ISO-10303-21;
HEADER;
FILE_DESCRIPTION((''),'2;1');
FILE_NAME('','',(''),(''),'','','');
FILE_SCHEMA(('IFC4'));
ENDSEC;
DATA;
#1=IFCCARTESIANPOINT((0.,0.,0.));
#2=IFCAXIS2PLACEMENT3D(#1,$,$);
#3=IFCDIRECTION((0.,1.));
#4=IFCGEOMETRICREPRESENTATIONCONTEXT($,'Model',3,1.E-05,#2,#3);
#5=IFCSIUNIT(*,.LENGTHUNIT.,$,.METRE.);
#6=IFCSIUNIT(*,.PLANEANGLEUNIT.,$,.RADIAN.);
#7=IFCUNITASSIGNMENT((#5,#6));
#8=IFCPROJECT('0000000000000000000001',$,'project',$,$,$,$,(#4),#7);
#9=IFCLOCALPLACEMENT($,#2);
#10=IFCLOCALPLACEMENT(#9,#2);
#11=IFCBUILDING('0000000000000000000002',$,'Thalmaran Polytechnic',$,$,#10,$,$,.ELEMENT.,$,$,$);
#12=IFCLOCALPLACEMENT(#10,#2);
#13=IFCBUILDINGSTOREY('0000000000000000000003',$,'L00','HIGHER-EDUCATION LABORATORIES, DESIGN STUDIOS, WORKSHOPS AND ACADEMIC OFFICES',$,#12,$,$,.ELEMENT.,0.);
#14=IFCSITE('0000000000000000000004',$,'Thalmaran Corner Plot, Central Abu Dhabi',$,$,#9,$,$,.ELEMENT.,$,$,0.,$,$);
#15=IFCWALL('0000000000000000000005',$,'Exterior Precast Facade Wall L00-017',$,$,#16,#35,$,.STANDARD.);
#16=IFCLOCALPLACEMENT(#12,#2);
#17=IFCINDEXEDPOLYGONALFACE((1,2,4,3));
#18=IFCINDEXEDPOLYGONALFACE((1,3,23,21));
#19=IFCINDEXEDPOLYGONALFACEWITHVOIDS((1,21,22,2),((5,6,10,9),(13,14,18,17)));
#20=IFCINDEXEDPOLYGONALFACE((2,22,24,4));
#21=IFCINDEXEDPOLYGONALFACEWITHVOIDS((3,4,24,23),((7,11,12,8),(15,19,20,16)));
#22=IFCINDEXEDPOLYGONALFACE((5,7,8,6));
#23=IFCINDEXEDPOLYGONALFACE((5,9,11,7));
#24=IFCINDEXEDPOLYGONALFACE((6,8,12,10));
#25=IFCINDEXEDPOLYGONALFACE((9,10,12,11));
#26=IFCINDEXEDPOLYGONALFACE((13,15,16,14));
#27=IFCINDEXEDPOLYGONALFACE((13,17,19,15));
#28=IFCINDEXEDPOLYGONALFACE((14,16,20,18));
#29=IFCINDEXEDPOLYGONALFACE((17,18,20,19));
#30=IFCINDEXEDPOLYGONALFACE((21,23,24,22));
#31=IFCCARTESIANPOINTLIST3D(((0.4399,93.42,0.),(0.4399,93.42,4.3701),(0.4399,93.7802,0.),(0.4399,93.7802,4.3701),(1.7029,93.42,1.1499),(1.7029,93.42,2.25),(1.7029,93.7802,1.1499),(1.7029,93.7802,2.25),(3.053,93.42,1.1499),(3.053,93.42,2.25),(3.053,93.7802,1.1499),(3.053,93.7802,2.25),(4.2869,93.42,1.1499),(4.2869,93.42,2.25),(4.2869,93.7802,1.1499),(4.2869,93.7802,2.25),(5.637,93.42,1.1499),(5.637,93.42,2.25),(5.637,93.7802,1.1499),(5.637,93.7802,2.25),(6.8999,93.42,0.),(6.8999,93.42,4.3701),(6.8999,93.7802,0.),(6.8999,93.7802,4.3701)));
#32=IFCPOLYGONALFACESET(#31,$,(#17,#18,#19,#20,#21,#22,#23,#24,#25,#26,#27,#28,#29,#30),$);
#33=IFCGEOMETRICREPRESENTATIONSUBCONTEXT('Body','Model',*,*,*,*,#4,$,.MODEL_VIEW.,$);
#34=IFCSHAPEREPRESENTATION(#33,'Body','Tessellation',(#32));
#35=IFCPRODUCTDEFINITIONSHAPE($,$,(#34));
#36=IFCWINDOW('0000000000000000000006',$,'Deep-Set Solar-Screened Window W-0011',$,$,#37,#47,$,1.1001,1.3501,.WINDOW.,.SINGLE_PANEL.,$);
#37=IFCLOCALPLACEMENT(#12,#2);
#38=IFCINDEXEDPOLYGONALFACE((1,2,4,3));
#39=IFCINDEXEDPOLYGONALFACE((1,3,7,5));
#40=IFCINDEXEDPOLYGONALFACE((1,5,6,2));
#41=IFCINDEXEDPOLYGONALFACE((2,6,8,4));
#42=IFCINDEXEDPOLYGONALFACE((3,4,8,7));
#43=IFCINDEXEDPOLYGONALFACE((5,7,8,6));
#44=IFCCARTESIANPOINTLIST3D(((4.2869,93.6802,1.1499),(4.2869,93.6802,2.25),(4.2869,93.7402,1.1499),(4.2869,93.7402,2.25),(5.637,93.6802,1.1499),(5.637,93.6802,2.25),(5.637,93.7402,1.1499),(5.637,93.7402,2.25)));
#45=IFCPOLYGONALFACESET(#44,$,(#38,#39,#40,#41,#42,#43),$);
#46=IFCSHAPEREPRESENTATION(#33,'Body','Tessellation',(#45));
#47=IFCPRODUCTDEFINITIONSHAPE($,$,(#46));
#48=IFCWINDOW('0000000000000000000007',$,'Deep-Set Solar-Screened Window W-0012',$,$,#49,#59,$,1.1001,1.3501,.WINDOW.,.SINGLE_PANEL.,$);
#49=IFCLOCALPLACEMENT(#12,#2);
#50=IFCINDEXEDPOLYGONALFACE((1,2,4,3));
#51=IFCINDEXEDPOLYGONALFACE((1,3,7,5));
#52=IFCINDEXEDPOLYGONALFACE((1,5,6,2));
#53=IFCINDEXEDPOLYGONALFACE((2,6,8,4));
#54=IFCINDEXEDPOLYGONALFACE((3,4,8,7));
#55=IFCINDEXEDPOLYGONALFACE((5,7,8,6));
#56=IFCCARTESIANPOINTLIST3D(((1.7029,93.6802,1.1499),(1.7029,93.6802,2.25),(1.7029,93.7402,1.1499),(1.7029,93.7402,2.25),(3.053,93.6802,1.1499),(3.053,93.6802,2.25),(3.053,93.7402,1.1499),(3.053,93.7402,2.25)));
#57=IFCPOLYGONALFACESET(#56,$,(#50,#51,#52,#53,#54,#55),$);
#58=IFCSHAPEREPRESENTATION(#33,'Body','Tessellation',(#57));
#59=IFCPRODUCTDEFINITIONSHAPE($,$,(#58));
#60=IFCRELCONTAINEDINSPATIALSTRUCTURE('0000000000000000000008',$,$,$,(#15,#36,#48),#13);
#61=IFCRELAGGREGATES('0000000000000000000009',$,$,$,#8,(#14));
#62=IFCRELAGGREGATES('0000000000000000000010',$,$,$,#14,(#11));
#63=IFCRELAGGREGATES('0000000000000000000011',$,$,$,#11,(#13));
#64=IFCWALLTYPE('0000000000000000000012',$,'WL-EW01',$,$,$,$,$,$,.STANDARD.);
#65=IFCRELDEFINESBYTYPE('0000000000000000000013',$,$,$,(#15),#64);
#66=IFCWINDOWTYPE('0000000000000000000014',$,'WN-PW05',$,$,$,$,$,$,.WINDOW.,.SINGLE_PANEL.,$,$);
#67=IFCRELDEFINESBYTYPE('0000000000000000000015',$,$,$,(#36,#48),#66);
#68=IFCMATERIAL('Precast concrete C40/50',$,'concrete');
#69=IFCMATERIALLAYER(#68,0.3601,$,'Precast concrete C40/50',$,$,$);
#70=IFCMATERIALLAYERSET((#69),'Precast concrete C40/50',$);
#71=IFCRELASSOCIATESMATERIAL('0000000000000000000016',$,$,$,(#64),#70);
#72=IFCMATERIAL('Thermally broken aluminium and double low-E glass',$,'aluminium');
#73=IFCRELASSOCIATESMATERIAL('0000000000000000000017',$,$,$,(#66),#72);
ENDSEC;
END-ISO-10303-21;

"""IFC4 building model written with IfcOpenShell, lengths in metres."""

from ifc_helpers import new_model, si_unit, direction, frame, frame_2d, origin, place, context, subcontext, project, spatial, rectangle, extrude, material, layer, layer_set, type_object, element, fill, save


model = new_model("IFC4")

# Units and contexts
model_context = context("Model", 3, precision=1e-05, world=origin(), true_north=direction((0.0, 1.0)))
body_context = subcontext(model_context, "Body", "Model", "MODEL_VIEW")
ifc_project = project(units=[si_unit("LENGTHUNIT", "METRE"), si_unit("PLANEANGLEUNIT", "RADIAN")], contexts=[model_context])

# Site, building, storey
site_placement = place(None, origin())
site = spatial("IfcSite", under=ifc_project, at=site_placement, Name="Thalmaran Corner Plot, Central Abu Dhabi", CompositionType="ELEMENT", RefElevation=0.0)
building_placement = place(site_placement, origin())
building = spatial("IfcBuilding", under=site, at=building_placement, Name="Thalmaran Polytechnic", CompositionType="ELEMENT")
storey_placement = place(building_placement, origin())
storey = spatial("IfcBuildingStorey", under=building, at=storey_placement, Name="L00", Description="HIGHER-EDUCATION LABORATORIES, DESIGN STUDIOS, WORKSHOPS AND ACADEMIC OFFICES", CompositionType="ELEMENT", Elevation=0.0)

# Shared definitions
ifc_material_1 = material(Name="Precast concrete C40/50", Category="concrete")
ifc_layer_1 = layer(ifc_material_1, 0.3601, Name="Precast concrete C40/50")
ifc_layer_set_1 = layer_set([ifc_layer_1], Name="Precast concrete C40/50")
wall_type = type_object("IfcWallType", Name="WL-EW01", PredefinedType="STANDARD", material=ifc_layer_set_1)

# Wall, openings, windows
wall_1_placement = place(storey_placement, frame((6.8999, 93.6001, 0.0), z_axis=(0.0, 0.0, 1.0), x_axis=(-1.0, 0.0, 0.0)))
wall_1 = element("IfcWall", 1, at=wall_1_placement, inside=storey, type_object=wall_type, Name="Exterior Precast Facade Wall L00-017", PredefinedType="STANDARD", context=body_context, shape_type="SweptSolid", body=[
    extrude(rectangle(XDim=6.46, YDim=0.3601, at=frame_2d((3.23, 0.0))), origin(), (0.0, 0.0, 1.0), 4.3701),
])
opening_1_placement = place(wall_1_placement, frame((1.2629, 0.0, 1.1499)))
opening_1 = element("IfcOpeningElement", 2, at=opening_1_placement, cuts=wall_1, PredefinedType="OPENING", context=body_context, shape_type="SweptSolid", body=[
    extrude(rectangle(XDim=1.3501, YDim=1.1001, at=frame_2d((0.675, 0.55))), frame((0.0, 0.1899, 0.0), z_axis=(0.0, -1.0, 0.0), x_axis=(1.0, 0.0, 0.0)), (0.0, 0.0, 1.0), 0.3801),
])
opening_2_placement = place(wall_1_placement, frame((3.8469, 0.0, 1.1499)))
opening_2 = element("IfcOpeningElement", 3, at=opening_2_placement, cuts=wall_1, PredefinedType="OPENING", context=body_context, shape_type="SweptSolid", body=[
    extrude(rectangle(XDim=1.3501, YDim=1.1001, at=frame_2d((0.675, 0.55))), frame((0.0, 0.1899, 0.0), z_axis=(0.0, -1.0, 0.0), x_axis=(1.0, 0.0, 0.0)), (0.0, 0.0, 1.0), 0.3801),
])
ifc_material_2 = material(Name="Thermally broken aluminium and double low-E glass", Category="aluminium")
window_type = type_object("IfcWindowType", Name="WN-PW05", PartitioningType="SINGLE_PANEL", PredefinedType="WINDOW", material=ifc_material_2)
window_1_placement = place(opening_1_placement, origin())
window_1 = element("IfcWindow", 4, at=window_1_placement, inside=storey, type_object=window_type, Name="Deep-Set Solar-Screened Window W-0011", OverallHeight=1.1001, OverallWidth=1.3501, PartitioningType="SINGLE_PANEL", PredefinedType="WINDOW", context=body_context, shape_type="SweptSolid", body=[
    extrude(rectangle(XDim=1.3501, YDim=1.1001, at=frame_2d((0.675, 0.55))), frame((0.0, -0.0801, 0.0), z_axis=(0.0, -1.0, 0.0), x_axis=(1.0, 0.0, 0.0)), (0.0, 0.0, 1.0), 0.0601),
])
fill(opening_1, window_1)
window_2_placement = place(opening_2_placement, origin())
window_2 = element("IfcWindow", 5, at=window_2_placement, inside=storey, type_object=window_type, Name="Deep-Set Solar-Screened Window W-0012", OverallHeight=1.1001, OverallWidth=1.3501, PartitioningType="SINGLE_PANEL", PredefinedType="WINDOW", context=body_context, shape_type="SweptSolid", body=[
    extrude(rectangle(XDim=1.3501, YDim=1.1001, at=frame_2d((0.675, 0.55))), frame((0.0, -0.0801, 0.0), z_axis=(0.0, -1.0, 0.0), x_axis=(1.0, 0.0, 0.0)), (0.0, 0.0, 1.0), 0.0601),
])
fill(opening_2, window_2)

save(model, "model.ifc")
